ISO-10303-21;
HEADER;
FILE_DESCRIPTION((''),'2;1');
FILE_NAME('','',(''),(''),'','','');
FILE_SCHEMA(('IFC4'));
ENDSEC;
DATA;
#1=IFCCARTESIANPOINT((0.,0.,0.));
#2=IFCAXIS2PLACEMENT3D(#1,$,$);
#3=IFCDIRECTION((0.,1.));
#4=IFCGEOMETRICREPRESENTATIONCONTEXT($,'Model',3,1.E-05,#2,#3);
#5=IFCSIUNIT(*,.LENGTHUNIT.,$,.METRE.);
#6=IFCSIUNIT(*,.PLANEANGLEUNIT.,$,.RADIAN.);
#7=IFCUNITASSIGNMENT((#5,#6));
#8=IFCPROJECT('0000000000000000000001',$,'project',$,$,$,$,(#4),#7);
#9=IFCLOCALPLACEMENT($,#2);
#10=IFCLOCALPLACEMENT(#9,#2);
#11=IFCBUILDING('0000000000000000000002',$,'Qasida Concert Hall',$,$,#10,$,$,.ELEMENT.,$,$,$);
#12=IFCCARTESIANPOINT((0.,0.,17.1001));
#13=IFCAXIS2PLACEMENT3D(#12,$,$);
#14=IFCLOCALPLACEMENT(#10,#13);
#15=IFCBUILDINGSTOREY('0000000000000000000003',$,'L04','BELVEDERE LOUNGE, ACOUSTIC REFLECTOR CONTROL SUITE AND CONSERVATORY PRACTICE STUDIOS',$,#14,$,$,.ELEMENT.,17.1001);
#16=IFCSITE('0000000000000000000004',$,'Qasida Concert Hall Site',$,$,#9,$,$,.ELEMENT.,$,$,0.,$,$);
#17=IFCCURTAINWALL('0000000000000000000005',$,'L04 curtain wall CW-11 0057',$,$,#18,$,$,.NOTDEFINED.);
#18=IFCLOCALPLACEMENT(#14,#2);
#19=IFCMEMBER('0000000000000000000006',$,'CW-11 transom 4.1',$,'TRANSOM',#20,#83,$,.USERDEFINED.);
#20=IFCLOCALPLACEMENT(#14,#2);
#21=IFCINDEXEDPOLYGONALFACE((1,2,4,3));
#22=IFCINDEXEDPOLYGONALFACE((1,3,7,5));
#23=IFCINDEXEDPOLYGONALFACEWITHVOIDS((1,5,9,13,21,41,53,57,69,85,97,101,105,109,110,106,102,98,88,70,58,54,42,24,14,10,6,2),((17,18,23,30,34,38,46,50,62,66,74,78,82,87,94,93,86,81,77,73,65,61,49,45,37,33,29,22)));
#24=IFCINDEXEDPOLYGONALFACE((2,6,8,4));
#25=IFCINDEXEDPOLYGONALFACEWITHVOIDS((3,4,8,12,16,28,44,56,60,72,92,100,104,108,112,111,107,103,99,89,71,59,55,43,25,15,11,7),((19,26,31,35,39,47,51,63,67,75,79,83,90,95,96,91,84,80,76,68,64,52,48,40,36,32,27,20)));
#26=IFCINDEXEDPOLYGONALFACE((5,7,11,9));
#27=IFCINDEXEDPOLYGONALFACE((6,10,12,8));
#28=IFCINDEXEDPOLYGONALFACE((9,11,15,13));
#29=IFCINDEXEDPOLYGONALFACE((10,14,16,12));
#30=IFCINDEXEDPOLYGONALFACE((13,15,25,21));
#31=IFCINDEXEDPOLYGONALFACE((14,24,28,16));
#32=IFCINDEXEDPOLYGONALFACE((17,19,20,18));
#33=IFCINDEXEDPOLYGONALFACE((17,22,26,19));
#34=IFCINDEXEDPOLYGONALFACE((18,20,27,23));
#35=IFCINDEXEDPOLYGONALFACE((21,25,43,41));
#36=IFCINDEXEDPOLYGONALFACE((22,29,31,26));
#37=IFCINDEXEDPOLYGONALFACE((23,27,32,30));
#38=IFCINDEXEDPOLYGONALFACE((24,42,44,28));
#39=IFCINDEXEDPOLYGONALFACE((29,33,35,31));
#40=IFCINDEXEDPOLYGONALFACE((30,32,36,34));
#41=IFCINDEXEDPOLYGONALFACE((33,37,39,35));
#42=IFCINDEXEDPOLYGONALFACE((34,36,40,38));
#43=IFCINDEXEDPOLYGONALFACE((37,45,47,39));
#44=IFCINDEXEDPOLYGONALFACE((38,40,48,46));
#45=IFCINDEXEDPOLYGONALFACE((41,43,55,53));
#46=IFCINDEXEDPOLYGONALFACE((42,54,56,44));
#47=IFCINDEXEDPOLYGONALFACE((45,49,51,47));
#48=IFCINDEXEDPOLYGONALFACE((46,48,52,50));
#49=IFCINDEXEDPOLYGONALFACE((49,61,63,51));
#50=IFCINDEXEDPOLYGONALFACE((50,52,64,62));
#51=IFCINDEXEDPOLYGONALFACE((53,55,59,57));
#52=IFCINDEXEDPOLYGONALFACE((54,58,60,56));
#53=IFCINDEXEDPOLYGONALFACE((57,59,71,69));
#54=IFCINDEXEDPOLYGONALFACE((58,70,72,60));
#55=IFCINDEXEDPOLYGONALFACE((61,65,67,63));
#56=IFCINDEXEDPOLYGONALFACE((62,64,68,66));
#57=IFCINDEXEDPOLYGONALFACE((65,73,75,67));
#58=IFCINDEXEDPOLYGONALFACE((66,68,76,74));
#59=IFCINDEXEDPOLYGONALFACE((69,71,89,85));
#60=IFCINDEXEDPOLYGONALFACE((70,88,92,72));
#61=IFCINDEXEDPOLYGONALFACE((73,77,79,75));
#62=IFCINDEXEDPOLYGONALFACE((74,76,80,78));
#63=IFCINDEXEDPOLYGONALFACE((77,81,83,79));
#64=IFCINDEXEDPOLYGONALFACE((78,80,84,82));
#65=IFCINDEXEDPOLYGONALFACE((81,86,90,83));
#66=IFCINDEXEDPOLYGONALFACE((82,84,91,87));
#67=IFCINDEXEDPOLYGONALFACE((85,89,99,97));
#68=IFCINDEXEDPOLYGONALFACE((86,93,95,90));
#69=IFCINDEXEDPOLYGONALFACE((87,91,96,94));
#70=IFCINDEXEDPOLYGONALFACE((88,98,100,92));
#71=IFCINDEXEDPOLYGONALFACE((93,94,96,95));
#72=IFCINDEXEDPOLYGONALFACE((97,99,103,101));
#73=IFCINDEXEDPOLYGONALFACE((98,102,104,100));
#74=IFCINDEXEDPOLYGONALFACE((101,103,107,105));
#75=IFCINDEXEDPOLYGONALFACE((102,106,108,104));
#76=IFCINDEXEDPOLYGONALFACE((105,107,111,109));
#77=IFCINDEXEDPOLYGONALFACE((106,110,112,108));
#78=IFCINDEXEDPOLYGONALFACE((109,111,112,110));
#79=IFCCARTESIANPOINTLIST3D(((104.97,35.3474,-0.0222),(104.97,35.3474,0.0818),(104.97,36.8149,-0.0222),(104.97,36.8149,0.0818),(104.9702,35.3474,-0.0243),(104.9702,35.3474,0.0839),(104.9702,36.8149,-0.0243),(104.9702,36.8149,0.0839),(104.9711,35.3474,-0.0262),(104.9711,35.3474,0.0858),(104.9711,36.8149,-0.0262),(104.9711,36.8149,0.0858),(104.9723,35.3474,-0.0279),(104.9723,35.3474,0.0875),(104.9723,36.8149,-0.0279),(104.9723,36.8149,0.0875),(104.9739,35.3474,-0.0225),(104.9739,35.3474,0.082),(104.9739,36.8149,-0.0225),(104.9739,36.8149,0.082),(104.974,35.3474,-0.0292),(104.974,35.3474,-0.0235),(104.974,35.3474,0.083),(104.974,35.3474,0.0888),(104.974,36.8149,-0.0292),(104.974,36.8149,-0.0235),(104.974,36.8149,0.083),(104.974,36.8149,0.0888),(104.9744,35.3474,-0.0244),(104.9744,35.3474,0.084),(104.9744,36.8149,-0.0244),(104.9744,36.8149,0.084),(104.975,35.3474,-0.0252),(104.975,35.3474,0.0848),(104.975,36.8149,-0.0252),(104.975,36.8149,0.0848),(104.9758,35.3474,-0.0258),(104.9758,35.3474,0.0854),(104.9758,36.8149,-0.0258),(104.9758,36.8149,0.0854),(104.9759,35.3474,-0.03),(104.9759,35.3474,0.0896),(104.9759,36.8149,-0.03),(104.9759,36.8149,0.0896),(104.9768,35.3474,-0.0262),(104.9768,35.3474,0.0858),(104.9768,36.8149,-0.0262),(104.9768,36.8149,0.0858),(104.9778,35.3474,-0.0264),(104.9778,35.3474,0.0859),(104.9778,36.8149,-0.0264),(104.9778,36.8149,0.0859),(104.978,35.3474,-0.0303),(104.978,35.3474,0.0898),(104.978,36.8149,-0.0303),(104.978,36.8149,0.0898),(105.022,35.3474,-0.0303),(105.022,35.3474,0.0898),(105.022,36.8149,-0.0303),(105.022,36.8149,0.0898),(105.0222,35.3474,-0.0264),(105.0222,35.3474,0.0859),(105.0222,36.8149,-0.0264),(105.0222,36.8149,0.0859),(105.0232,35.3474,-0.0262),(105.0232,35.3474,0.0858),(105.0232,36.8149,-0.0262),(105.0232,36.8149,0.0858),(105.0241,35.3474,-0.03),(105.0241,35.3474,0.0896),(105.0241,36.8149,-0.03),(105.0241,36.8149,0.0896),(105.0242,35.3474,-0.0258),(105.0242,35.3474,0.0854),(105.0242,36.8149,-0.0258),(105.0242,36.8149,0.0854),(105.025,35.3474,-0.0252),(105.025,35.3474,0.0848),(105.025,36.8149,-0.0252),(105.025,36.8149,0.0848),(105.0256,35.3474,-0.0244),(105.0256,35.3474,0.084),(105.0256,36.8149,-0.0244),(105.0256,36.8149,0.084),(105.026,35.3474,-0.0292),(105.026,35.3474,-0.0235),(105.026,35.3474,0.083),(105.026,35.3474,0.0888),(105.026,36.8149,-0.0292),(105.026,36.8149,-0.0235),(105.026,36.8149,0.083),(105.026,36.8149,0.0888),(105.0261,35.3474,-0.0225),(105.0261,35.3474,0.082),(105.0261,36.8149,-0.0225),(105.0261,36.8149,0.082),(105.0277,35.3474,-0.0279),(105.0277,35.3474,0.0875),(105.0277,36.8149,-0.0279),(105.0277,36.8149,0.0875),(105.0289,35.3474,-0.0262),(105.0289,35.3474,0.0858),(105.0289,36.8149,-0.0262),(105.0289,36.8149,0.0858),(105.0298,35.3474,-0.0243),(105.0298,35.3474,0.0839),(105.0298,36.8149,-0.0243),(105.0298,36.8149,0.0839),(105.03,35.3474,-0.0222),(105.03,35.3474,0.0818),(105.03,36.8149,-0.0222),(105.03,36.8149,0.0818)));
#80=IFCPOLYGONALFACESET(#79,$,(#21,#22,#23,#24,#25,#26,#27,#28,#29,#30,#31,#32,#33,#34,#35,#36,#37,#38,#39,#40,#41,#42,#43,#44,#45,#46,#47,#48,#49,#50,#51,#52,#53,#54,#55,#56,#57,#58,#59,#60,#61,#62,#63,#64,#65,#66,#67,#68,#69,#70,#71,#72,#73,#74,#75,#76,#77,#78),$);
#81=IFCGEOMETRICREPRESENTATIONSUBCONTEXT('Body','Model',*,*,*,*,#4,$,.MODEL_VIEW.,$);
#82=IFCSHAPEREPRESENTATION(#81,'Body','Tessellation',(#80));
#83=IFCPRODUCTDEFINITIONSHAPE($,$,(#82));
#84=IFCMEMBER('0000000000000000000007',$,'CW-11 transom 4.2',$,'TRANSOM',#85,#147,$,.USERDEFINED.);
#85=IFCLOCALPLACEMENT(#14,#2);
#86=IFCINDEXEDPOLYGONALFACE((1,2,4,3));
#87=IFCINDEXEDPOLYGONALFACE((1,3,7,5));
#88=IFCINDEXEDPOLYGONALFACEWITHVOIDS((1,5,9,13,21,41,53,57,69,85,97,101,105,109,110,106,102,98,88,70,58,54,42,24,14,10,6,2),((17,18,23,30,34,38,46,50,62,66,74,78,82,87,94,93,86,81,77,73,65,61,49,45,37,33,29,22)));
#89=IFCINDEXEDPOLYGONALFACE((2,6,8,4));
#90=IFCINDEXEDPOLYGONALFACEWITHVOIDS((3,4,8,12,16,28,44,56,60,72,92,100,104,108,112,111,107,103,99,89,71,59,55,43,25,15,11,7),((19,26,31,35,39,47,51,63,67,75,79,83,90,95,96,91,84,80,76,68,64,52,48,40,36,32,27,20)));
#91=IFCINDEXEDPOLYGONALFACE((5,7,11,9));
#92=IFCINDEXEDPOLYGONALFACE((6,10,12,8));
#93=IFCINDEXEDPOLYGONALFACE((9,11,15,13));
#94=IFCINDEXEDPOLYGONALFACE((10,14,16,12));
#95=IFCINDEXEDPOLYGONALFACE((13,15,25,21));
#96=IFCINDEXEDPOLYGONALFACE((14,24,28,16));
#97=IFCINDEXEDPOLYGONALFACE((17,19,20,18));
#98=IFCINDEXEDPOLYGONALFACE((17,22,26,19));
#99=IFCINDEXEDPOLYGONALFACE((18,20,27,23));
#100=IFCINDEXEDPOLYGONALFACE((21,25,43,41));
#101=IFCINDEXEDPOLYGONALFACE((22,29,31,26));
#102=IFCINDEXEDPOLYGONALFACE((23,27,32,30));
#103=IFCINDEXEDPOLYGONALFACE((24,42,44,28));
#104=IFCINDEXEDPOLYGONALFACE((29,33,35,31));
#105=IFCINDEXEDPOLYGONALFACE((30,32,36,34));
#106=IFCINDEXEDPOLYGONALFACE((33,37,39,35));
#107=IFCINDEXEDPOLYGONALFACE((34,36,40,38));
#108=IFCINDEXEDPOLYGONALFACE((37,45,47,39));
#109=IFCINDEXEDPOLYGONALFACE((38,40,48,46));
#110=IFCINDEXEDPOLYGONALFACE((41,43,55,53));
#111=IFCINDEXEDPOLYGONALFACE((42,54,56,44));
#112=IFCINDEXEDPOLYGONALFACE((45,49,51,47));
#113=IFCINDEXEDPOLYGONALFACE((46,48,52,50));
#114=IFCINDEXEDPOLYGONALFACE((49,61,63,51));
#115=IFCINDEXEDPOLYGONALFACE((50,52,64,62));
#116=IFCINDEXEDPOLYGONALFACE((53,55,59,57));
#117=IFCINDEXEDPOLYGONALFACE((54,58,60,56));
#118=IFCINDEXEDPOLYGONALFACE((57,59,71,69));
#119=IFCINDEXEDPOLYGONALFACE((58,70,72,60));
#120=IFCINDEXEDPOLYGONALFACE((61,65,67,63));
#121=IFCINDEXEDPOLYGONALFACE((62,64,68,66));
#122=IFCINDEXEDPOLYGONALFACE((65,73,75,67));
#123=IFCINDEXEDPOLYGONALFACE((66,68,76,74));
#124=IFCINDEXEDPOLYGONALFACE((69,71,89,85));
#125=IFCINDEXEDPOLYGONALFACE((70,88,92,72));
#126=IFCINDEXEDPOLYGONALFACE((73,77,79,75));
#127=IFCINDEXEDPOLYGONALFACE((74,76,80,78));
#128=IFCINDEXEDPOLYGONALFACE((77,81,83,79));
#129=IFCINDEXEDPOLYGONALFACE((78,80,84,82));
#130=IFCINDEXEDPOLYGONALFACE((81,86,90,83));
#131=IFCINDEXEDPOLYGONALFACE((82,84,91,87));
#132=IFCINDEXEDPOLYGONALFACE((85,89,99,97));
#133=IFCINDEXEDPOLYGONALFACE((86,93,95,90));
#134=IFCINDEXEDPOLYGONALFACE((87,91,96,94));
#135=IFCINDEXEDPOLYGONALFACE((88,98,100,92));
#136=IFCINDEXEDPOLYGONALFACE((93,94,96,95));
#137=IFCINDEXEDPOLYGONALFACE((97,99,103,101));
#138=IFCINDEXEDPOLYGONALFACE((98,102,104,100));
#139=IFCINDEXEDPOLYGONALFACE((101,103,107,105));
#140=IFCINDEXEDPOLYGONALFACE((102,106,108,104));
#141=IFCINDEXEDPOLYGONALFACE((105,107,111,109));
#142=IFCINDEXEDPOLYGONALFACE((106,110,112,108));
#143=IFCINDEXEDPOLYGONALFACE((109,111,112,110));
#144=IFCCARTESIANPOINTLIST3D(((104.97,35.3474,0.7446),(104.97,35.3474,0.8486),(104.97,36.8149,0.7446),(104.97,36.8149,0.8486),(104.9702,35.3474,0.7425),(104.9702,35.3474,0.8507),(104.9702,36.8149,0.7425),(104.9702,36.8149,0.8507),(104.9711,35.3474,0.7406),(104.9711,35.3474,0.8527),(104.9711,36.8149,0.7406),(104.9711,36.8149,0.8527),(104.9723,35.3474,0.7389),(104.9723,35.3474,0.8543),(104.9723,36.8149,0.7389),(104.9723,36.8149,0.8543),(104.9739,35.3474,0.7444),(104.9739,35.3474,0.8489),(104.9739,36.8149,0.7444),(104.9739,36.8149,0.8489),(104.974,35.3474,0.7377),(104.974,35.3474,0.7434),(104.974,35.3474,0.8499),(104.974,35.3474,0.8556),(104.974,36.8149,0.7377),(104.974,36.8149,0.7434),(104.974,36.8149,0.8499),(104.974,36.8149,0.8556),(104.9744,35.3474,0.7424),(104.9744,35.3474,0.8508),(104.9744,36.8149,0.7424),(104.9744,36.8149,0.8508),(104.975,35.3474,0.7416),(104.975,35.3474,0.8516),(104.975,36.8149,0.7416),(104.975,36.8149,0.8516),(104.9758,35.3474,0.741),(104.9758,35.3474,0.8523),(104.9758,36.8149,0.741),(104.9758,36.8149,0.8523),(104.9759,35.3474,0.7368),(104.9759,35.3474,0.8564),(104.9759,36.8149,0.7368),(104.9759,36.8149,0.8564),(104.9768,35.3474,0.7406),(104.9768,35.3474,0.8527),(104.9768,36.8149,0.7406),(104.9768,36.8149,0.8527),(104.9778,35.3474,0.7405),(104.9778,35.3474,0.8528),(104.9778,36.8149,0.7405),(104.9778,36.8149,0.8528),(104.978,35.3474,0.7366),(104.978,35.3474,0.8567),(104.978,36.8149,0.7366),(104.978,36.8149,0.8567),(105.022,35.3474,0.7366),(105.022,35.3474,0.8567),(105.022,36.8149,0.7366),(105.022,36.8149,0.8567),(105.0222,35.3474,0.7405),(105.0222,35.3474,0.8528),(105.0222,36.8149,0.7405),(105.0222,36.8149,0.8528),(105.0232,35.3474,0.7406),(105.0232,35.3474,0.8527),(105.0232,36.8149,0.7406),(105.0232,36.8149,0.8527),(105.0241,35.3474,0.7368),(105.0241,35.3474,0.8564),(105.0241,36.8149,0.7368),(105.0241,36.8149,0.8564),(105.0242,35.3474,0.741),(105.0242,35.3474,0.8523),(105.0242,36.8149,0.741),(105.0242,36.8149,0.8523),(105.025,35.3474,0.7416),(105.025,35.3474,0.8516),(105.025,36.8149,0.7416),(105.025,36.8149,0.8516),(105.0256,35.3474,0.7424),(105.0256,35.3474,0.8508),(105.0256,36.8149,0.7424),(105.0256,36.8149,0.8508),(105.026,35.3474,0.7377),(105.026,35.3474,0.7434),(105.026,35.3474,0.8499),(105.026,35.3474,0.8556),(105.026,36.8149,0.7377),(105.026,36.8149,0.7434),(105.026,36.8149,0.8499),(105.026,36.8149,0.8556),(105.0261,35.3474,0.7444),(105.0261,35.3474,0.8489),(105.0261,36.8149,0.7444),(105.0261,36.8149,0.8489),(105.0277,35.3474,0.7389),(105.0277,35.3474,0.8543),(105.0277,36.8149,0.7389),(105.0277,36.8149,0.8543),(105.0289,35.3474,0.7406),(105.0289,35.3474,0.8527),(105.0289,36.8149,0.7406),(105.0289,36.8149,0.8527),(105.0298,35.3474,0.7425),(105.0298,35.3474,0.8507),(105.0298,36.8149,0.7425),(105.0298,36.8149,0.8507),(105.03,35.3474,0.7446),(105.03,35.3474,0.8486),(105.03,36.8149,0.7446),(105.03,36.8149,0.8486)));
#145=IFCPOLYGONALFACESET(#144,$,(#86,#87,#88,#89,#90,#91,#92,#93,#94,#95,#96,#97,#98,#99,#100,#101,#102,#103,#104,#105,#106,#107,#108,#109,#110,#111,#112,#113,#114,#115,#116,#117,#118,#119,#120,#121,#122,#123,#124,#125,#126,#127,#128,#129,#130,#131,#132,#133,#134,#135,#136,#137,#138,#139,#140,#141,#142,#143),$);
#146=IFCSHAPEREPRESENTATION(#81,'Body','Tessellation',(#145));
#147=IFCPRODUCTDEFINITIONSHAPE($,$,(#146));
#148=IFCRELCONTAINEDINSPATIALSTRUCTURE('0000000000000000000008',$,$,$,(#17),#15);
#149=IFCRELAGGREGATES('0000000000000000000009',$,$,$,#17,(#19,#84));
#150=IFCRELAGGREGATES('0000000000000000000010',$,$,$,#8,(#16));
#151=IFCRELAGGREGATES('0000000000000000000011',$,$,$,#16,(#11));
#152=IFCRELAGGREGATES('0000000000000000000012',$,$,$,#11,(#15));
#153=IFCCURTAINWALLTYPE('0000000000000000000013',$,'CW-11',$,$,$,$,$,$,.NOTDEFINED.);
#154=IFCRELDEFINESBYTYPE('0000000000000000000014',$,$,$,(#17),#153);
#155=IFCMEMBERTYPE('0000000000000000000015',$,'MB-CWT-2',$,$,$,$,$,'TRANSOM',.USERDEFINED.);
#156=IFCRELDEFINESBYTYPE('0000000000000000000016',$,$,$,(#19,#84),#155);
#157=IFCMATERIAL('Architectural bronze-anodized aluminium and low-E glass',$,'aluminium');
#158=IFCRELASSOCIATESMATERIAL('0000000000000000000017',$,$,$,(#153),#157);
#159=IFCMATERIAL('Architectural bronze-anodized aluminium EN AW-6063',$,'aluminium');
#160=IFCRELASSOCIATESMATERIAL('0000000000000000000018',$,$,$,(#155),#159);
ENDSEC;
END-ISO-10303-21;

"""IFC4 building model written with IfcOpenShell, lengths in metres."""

from ifc_helpers import new_model, si_unit, direction, frame, origin, origin_2d, place, context, subcontext, project, spatial, hollow_rectangle, extrude, material, material_profile, profile_set, type_object, element, aggregate, save


model = new_model("IFC4")

# Units and contexts
model_context = context("Model", 3, precision=1e-05, world=origin(), true_north=direction((0.0, 1.0)))
body_context = subcontext(model_context, "Body", "Model", "MODEL_VIEW")
ifc_project = project(units=[si_unit("LENGTHUNIT", "METRE"), si_unit("PLANEANGLEUNIT", "RADIAN")], contexts=[model_context])

# Site, building, storey
site_placement = place(None, origin())
site = spatial("IfcSite", under=ifc_project, at=site_placement, Name="Qasida Concert Hall Site", CompositionType="ELEMENT", RefElevation=0.0)
building_placement = place(site_placement, origin())
building = spatial("IfcBuilding", under=site, at=building_placement, Name="Qasida Concert Hall", CompositionType="ELEMENT")
storey_placement = place(building_placement, frame((0.0, 0.0, 17.1001)))
storey = spatial("IfcBuildingStorey", under=building, at=storey_placement, Name="L04", Description="BELVEDERE LOUNGE, ACOUSTIC REFLECTOR CONTROL SUITE AND CONSERVATORY PRACTICE STUDIOS", CompositionType="ELEMENT", Elevation=17.1001)

# Curtain wall, members
ifc_material_1 = material(Name="Architectural bronze-anodized aluminium and low-E glass", Category="aluminium")
curtain_wall_type = type_object("IfcCurtainWallType", Name="CW-11", PredefinedType="NOTDEFINED", material=ifc_material_1)
curtain_wall_placement = place(storey_placement, origin())
curtain_wall = element("IfcCurtainWall", 1, at=curtain_wall_placement, inside=storey, type_object=curtain_wall_type, Name="L04 curtain wall CW-11 0057", PredefinedType="NOTDEFINED")
ifc_material_2 = material(Name="Architectural bronze-anodized aluminium EN AW-6063", Category="aluminium")
ifc_material_profile_1 = material_profile(ifc_material_2, hollow_rectangle(XDim=0.0601, YDim=0.1201, WallThickness=0.0039, InnerFilletRadius=0.0039, OuterFilletRadius=0.0081, at=origin_2d()), Name="CWT 120x60x4")
ifc_profile_set_1 = profile_set([ifc_material_profile_1], Name="Architectural bronze-anodized aluminium EN AW-6063")
member_type_1 = type_object("IfcMemberType", Name="MB-CWT-2", ElementType="TRANSOM", PredefinedType="USERDEFINED", material=ifc_profile_set_1)
member_1_placement = place(storey_placement, frame((105.0, 35.3474, 0.0298), z_axis=(0.0, 1.0, 0.0), x_axis=(-1.0, 0.0, 0.0)))
member_1 = element("IfcMember", 2, at=member_1_placement, type_object=member_type_1, Name="CW-11 transom 4.1", ObjectType="TRANSOM", PredefinedType="USERDEFINED", context=body_context, shape_type="SweptSolid", body=[
    extrude(hollow_rectangle(XDim=0.0601, YDim=0.1201, WallThickness=0.0039, InnerFilletRadius=0.0039, OuterFilletRadius=0.0081, at=origin_2d()), origin(), (0.0, 0.0, 1.0), 1.4675),
])
member_2_placement = place(storey_placement, frame((105.0, 35.3474, 0.7966), z_axis=(0.0, 1.0, 0.0), x_axis=(-1.0, 0.0, 0.0)))
member_2 = element("IfcMember", 3, at=member_2_placement, type_object=member_type_1, Name="CW-11 transom 4.2", ObjectType="TRANSOM", PredefinedType="USERDEFINED", context=body_context, shape_type="SweptSolid", body=[
    extrude(hollow_rectangle(XDim=0.0601, YDim=0.1201, WallThickness=0.0039, InnerFilletRadius=0.0039, OuterFilletRadius=0.0081, at=origin_2d()), origin(), (0.0, 0.0, 1.0), 1.4675),
])
aggregate(curtain_wall, [member_1, member_2])

save(model, "model.ifc")
